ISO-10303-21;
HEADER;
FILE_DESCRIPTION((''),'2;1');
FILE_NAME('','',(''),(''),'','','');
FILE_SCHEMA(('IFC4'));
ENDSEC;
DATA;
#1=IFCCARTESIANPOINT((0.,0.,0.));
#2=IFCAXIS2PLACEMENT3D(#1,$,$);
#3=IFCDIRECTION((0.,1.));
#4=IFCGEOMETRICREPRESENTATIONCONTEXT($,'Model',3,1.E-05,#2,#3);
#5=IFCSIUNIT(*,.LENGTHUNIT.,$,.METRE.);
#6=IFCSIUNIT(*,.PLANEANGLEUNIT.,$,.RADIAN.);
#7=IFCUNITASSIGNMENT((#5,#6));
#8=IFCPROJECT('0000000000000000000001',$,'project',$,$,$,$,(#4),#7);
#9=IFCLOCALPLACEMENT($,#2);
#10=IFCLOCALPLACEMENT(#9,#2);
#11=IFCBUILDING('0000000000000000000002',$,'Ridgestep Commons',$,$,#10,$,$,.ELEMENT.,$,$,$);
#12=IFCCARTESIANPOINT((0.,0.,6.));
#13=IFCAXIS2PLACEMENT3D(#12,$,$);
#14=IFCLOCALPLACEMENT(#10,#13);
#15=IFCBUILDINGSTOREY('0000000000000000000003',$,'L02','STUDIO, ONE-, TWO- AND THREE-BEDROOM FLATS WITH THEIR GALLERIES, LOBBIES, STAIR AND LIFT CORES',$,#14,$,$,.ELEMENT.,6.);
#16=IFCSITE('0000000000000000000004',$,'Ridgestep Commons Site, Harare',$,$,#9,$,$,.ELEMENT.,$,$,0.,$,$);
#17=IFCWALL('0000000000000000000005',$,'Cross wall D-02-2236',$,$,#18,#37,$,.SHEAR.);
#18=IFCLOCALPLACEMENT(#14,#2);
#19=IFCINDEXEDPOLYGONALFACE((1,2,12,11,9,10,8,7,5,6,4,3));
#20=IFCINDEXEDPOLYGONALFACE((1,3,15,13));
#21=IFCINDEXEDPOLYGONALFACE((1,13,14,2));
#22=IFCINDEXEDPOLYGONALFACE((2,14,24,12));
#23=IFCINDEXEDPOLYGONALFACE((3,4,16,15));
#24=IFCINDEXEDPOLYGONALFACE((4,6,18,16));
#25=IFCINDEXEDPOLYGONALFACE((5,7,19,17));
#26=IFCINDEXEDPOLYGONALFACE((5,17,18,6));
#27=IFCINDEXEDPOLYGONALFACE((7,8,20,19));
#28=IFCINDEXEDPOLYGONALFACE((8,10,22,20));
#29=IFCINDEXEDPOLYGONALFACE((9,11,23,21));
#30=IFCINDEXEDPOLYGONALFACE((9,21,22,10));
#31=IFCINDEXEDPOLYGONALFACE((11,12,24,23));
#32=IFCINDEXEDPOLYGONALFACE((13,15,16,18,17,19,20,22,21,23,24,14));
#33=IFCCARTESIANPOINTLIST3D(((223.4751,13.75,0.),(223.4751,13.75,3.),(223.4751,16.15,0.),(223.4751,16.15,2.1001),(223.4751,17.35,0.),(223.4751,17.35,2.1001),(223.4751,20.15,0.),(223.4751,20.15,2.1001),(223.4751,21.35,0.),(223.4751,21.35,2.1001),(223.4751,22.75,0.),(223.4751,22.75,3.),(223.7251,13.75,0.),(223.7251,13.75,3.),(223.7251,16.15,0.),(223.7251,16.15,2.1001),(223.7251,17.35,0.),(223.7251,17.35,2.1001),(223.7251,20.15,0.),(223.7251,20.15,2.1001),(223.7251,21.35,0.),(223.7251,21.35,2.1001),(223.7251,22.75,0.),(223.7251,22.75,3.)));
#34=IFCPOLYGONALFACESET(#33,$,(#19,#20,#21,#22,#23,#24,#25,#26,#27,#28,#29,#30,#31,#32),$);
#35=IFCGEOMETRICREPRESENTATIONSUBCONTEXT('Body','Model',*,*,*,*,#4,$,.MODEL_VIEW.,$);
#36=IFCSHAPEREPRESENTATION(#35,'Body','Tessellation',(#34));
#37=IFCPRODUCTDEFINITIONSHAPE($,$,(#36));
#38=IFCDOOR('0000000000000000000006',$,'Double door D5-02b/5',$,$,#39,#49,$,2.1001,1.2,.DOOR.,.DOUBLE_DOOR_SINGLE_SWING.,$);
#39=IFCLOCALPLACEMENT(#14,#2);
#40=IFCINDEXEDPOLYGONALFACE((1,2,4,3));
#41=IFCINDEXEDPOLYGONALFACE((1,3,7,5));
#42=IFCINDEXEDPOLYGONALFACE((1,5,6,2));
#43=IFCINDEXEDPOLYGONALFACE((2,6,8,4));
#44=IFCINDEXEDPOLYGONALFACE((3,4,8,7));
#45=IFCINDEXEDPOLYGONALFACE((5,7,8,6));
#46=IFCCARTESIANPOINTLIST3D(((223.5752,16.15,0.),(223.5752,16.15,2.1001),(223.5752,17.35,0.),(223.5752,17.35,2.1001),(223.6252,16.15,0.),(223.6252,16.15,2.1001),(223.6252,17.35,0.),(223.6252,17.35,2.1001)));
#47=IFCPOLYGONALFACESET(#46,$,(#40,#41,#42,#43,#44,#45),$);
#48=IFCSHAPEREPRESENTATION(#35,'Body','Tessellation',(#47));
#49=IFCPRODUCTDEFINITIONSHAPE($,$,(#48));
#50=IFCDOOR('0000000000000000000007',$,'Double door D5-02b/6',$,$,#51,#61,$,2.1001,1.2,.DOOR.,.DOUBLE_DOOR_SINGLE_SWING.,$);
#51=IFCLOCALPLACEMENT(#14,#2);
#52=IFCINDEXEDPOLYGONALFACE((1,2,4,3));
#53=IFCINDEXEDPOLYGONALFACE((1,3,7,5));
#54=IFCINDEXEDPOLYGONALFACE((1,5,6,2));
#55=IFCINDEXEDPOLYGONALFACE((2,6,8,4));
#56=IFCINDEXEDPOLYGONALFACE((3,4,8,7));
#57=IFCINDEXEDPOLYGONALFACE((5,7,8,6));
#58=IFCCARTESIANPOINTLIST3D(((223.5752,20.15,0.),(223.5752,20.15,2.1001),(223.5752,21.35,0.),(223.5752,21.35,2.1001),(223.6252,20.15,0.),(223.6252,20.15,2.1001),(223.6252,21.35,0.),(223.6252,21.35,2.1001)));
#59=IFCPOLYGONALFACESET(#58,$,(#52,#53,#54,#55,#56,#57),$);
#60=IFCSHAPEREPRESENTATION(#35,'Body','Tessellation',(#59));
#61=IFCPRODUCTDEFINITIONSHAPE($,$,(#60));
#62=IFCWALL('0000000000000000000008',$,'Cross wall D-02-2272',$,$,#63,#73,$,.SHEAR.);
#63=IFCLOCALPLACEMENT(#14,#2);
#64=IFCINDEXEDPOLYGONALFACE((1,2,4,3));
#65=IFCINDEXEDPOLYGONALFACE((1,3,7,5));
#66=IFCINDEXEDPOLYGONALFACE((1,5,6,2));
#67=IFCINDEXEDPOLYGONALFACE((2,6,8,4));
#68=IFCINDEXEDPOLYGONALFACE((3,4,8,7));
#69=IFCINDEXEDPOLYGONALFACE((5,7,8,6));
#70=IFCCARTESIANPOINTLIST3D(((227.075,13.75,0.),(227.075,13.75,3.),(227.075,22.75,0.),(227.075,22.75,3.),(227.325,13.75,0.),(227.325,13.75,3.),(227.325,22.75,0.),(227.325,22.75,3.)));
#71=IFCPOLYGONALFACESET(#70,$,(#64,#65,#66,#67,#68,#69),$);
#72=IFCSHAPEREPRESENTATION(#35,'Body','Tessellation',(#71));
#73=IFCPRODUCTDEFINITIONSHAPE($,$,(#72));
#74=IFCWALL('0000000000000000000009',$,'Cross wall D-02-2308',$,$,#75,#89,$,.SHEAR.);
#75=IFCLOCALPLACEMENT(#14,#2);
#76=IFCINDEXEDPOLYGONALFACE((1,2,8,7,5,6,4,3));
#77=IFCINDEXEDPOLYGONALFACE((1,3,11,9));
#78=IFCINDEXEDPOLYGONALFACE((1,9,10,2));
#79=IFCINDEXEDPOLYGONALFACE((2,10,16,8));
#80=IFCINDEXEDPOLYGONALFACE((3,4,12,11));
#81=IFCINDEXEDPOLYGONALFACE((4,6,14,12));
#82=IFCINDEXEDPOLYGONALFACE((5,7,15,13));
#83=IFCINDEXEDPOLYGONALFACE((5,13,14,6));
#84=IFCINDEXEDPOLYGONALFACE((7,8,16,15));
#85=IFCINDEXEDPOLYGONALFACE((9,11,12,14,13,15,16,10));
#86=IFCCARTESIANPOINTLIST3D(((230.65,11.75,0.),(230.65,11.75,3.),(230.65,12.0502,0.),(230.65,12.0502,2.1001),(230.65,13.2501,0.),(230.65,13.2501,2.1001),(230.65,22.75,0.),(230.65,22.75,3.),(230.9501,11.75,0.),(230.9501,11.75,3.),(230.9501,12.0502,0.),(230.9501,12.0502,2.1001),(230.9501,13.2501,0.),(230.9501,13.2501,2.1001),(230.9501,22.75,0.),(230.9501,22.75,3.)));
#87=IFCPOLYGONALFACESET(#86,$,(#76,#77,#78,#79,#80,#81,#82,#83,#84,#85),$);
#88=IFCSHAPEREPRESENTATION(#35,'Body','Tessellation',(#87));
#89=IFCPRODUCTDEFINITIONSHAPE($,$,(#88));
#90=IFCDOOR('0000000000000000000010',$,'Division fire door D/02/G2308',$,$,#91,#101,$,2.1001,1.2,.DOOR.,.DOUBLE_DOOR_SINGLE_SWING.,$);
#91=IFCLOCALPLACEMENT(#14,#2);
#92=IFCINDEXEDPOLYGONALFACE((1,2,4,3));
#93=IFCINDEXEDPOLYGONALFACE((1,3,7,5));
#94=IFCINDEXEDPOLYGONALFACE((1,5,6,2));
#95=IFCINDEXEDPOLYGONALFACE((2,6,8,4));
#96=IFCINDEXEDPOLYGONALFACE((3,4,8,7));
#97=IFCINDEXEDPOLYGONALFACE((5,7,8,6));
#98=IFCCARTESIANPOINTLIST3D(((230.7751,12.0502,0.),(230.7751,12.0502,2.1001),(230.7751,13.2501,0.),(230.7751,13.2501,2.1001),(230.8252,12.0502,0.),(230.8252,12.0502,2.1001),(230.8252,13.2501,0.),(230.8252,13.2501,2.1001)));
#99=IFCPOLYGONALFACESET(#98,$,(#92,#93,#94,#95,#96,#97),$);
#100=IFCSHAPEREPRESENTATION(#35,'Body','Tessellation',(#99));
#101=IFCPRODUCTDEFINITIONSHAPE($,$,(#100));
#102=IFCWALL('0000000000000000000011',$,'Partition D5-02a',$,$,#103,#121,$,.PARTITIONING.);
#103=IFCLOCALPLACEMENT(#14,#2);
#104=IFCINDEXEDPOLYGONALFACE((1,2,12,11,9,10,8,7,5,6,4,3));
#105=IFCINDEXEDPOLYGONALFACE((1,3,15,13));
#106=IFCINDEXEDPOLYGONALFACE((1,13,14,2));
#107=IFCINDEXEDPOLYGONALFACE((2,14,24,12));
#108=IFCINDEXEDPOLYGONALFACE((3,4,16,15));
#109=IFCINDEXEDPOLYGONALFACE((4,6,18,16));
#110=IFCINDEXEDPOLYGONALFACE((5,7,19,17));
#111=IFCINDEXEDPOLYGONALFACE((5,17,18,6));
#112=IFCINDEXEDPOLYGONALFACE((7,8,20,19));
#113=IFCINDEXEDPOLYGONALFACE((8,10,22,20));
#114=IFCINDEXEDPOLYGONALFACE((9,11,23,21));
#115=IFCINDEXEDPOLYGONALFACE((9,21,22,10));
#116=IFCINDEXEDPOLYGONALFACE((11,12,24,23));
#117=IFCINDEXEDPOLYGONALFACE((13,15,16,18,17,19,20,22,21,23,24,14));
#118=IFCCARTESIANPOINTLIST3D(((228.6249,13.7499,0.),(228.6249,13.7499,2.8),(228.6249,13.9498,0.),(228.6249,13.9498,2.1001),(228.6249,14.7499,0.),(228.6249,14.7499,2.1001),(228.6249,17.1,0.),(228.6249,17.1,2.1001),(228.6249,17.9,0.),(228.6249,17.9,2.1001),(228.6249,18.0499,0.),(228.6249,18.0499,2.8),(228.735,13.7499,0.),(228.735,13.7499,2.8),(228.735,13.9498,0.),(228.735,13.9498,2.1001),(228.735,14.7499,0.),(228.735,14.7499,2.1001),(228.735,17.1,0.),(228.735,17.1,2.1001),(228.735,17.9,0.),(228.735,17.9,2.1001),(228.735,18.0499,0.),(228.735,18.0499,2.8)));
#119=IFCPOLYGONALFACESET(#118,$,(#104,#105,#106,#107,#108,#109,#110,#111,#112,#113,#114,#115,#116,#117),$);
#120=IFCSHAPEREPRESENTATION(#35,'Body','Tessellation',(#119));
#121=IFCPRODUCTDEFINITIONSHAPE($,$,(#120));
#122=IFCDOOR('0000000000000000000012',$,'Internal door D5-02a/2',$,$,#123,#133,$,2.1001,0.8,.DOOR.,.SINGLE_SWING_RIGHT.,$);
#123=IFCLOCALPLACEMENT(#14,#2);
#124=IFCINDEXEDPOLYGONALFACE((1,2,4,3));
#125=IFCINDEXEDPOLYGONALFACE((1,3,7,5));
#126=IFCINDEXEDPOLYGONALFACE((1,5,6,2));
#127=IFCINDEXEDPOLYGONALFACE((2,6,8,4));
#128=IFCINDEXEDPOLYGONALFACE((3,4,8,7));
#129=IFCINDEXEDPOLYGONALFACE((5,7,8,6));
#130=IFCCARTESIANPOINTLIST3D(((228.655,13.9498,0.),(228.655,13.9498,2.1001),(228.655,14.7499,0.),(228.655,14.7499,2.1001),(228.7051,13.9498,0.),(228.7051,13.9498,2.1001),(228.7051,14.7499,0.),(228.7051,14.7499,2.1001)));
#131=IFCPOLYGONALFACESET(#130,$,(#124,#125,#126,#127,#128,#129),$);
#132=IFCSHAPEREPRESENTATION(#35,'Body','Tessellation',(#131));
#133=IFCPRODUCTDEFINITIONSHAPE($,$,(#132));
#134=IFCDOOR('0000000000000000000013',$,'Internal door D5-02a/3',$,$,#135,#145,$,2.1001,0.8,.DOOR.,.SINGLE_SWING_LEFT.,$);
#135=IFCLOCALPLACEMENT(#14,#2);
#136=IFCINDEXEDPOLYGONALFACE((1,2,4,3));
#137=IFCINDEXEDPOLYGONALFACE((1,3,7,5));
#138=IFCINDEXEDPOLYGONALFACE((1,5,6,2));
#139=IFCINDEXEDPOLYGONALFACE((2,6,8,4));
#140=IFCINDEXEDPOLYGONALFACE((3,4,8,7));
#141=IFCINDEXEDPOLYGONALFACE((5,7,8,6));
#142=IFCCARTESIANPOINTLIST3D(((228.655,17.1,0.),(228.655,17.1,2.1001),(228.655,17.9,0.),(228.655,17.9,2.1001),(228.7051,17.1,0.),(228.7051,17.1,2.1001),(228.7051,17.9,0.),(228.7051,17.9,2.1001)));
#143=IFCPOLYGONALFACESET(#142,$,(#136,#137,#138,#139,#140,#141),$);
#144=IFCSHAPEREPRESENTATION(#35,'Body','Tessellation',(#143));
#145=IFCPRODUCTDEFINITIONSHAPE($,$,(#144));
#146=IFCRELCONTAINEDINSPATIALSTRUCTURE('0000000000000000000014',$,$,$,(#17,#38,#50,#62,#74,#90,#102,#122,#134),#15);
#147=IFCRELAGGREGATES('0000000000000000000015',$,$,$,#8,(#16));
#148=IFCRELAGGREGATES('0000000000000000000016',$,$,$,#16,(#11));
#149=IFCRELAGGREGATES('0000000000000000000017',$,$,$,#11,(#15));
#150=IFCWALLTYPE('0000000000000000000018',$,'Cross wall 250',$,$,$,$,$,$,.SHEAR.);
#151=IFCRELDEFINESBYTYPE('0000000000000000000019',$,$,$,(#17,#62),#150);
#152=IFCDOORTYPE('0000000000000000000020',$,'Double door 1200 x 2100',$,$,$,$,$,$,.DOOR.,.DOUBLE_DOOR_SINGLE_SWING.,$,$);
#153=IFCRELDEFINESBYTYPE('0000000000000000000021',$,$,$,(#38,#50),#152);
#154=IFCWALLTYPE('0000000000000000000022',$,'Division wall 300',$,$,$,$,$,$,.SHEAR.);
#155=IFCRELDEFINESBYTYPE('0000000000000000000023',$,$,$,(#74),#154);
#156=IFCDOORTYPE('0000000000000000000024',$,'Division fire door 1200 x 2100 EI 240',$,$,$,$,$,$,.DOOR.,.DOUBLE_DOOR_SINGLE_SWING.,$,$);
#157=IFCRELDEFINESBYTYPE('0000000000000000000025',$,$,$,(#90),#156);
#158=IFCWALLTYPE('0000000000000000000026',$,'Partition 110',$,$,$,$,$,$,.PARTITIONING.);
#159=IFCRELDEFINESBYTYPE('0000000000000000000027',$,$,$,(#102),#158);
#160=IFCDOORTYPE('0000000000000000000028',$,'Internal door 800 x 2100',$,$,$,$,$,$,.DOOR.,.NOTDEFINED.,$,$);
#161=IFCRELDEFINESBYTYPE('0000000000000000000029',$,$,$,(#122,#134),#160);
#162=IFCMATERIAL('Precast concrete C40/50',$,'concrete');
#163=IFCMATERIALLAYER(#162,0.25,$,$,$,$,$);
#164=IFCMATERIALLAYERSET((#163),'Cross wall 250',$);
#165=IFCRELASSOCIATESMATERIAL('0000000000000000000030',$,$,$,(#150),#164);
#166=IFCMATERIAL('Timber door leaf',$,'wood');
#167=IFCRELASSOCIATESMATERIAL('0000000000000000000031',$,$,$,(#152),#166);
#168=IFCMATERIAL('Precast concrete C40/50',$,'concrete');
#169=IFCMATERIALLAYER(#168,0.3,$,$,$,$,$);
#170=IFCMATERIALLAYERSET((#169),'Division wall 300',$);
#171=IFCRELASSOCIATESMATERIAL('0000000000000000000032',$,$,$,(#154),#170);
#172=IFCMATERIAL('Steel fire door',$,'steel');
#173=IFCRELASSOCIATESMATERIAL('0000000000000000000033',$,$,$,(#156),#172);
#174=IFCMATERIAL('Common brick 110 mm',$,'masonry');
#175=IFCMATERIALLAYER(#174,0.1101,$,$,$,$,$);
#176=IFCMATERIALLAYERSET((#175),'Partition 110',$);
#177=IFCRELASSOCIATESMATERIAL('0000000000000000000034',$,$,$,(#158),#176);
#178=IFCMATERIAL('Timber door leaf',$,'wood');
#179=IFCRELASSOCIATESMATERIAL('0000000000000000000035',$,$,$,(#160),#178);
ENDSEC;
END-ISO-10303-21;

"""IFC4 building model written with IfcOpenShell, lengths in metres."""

from ifc_helpers import new_model, si_unit, direction, frame, frame_2d, origin, place, context, subcontext, project, spatial, rectangle, extrude, material, layer, layer_set, type_object, element, fill, save


model = new_model("IFC4")

# Units and contexts
model_context = context("Model", 3, precision=1e-05, world=origin(), true_north=direction((0.0, 1.0)))
body_context = subcontext(model_context, "Body", "Model", "MODEL_VIEW")
ifc_project = project(units=[si_unit("LENGTHUNIT", "METRE"), si_unit("PLANEANGLEUNIT", "RADIAN")], contexts=[model_context])

# Site, building, storey
site_placement = place(None, origin())
site = spatial("IfcSite", under=ifc_project, at=site_placement, Name="Ridgestep Commons Site, Harare", CompositionType="ELEMENT", RefElevation=0.0)
building_placement = place(site_placement, origin())
building = spatial("IfcBuilding", under=site, at=building_placement, Name="Ridgestep Commons", CompositionType="ELEMENT")
storey_placement = place(building_placement, frame((0.0, 0.0, 6.0)))
storey = spatial("IfcBuildingStorey", under=building, at=storey_placement, Name="L02", Description="STUDIO, ONE-, TWO- AND THREE-BEDROOM FLATS WITH THEIR GALLERIES, LOBBIES, STAIR AND LIFT CORES", CompositionType="ELEMENT", Elevation=6.0)

# Wall, openings, doors
ifc_material_1 = material(Name="Precast concrete C40/50", Category="concrete")
ifc_layer_1 = layer(ifc_material_1, 0.25)
ifc_layer_set_1 = layer_set([ifc_layer_1], Name="Cross wall 250")
wall_type_1 = type_object("IfcWallType", Name="Cross wall 250", PredefinedType="SHEAR", material=ifc_layer_set_1)
wall_1_placement = place(storey_placement, frame((223.6001, 13.75, 0.0), z_axis=(0.0, 0.0, 1.0), x_axis=(0.0, 1.0, 0.0)))
wall_1 = element("IfcWall", 1, at=wall_1_placement, inside=storey, type_object=wall_type_1, Name="Cross wall D-02-2236", PredefinedType="SHEAR", context=body_context, shape_type="SweptSolid", body=[
    extrude(rectangle(XDim=9.0, YDim=0.25, at=frame_2d((4.5, 0.0))), origin(), (0.0, 0.0, 1.0), 3.0),
])
opening_1_placement = place(wall_1_placement, frame((2.3999, 0.0, 0.0)))
opening_1 = element("IfcOpeningElement", 2, at=opening_1_placement, cuts=wall_1, PredefinedType="OPENING", context=body_context, shape_type="SweptSolid", body=[
    extrude(rectangle(XDim=1.2, YDim=2.1001, at=frame_2d((0.6001, 1.05))), frame((0.0, 0.135, 0.0), z_axis=(0.0, -1.0, 0.0), x_axis=(1.0, 0.0, 0.0)), (0.0, 0.0, 1.0), 0.27),
])
opening_2_placement = place(wall_1_placement, frame((6.3999, 0.0, 0.0)))
opening_2 = element("IfcOpeningElement", 3, at=opening_2_placement, cuts=wall_1, PredefinedType="OPENING", context=body_context, shape_type="SweptSolid", body=[
    extrude(rectangle(XDim=1.2, YDim=2.1001, at=frame_2d((0.6001, 1.05))), frame((0.0, 0.135, 0.0), z_axis=(0.0, -1.0, 0.0), x_axis=(1.0, 0.0, 0.0)), (0.0, 0.0, 1.0), 0.27),
])
ifc_material_2 = material(Name="Timber door leaf", Category="wood")
door_type_1 = type_object("IfcDoorType", Name="Double door 1200 x 2100", OperationType="DOUBLE_DOOR_SINGLE_SWING", PredefinedType="DOOR", material=ifc_material_2)
door_1_placement = place(opening_1_placement, origin())
door_1 = element("IfcDoor", 4, at=door_1_placement, inside=storey, type_object=door_type_1, Name="Double door D5-02b/5", OperationType="DOUBLE_DOOR_SINGLE_SWING", OverallHeight=2.1001, OverallWidth=1.2, PredefinedType="DOOR", context=body_context, shape_type="SweptSolid", body=[
    extrude(rectangle(XDim=1.2, YDim=2.1001, at=frame_2d((0.6001, 1.05))), frame((0.0, 0.0249, 0.0), z_axis=(0.0, -1.0, 0.0), x_axis=(1.0, 0.0, 0.0)), (0.0, 0.0, 1.0), 0.05),
])
fill(opening_1, door_1)
door_2_placement = place(opening_2_placement, origin())
door_2 = element("IfcDoor", 5, at=door_2_placement, inside=storey, type_object=door_type_1, Name="Double door D5-02b/6", OperationType="DOUBLE_DOOR_SINGLE_SWING", OverallHeight=2.1001, OverallWidth=1.2, PredefinedType="DOOR", context=body_context, shape_type="SweptSolid", body=[
    extrude(rectangle(XDim=1.2, YDim=2.1001, at=frame_2d((0.6001, 1.05))), frame((0.0, 0.0249, 0.0), z_axis=(0.0, -1.0, 0.0), x_axis=(1.0, 0.0, 0.0)), (0.0, 0.0, 1.0), 0.05),
])
fill(opening_2, door_2)

# Wall
wall_2_placement = place(storey_placement, frame((227.2, 13.75, 0.0), z_axis=(0.0, 0.0, 1.0), x_axis=(0.0, 1.0, 0.0)))
element("IfcWall", 6, at=wall_2_placement, inside=storey, type_object=wall_type_1, Name="Cross wall D-02-2272", PredefinedType="SHEAR", context=body_context, shape_type="SweptSolid", body=[
    extrude(rectangle(XDim=9.0, YDim=0.25, at=frame_2d((4.5, 0.0))), origin(), (0.0, 0.0, 1.0), 3.0),
])

# Wall, opening, door
ifc_material_3 = material(Name="Precast concrete C40/50", Category="concrete")
ifc_layer_2 = layer(ifc_material_3, 0.3)
ifc_layer_set_2 = layer_set([ifc_layer_2], Name="Division wall 300")
wall_type_2 = type_object("IfcWallType", Name="Division wall 300", PredefinedType="SHEAR", material=ifc_layer_set_2)
wall_3_placement = place(storey_placement, frame((230.8, 11.75, 0.0), z_axis=(0.0, 0.0, 1.0), x_axis=(0.0, 1.0, 0.0)))
wall_3 = element("IfcWall", 7, at=wall_3_placement, inside=storey, type_object=wall_type_2, Name="Cross wall D-02-2308", PredefinedType="SHEAR", context=body_context, shape_type="SweptSolid", body=[
    extrude(rectangle(XDim=11.0, YDim=0.3, at=frame_2d((5.5, 0.0))), origin(), (0.0, 0.0, 1.0), 3.0),
])
opening_3_placement = place(wall_3_placement, frame((0.3, 0.0, 0.0)))
opening_3 = element("IfcOpeningElement", 8, at=opening_3_placement, cuts=wall_3, PredefinedType="OPENING", context=body_context, shape_type="SweptSolid", body=[
    extrude(rectangle(XDim=1.2, YDim=2.1001, at=frame_2d((0.6001, 1.05))), frame((0.0, 0.1599, 0.0), z_axis=(0.0, -1.0, 0.0), x_axis=(1.0, 0.0, 0.0)), (0.0, 0.0, 1.0), 0.3201),
])
ifc_material_4 = material(Name="Steel fire door", Category="steel")
door_type_2 = type_object("IfcDoorType", Name="Division fire door 1200 x 2100 EI 240", OperationType="DOUBLE_DOOR_SINGLE_SWING", PredefinedType="DOOR", material=ifc_material_4)
door_3_placement = place(opening_3_placement, origin())
door_3 = element("IfcDoor", 9, at=door_3_placement, inside=storey, type_object=door_type_2, Name="Division fire door D/02/G2308", OperationType="DOUBLE_DOOR_SINGLE_SWING", OverallHeight=2.1001, OverallWidth=1.2, PredefinedType="DOOR", context=body_context, shape_type="SweptSolid", body=[
    extrude(rectangle(XDim=1.2, YDim=2.1001, at=frame_2d((0.6001, 1.05))), frame((0.0, 0.0249, 0.0), z_axis=(0.0, -1.0, 0.0), x_axis=(1.0, 0.0, 0.0)), (0.0, 0.0, 1.0), 0.05),
])
fill(opening_3, door_3)

# Wall, openings, doors
ifc_material_5 = material(Name="Common brick 110 mm", Category="masonry")
ifc_layer_3 = layer(ifc_material_5, 0.1101)
ifc_layer_set_3 = layer_set([ifc_layer_3], Name="Partition 110")
wall_type_3 = type_object("IfcWallType", Name="Partition 110", PredefinedType="PARTITIONING", material=ifc_layer_set_3)
wall_4_placement = place(storey_placement, frame((228.6799, 13.75, 0.0), z_axis=(0.0, 0.0, 1.0), x_axis=(0.0, 1.0, 0.0)))
wall_4 = element("IfcWall", 10, at=wall_4_placement, inside=storey, type_object=wall_type_3, Name="Partition D5-02a", PredefinedType="PARTITIONING", context=body_context, shape_type="SweptSolid", body=[
    extrude(rectangle(XDim=4.3, YDim=0.1101, at=frame_2d((2.1499, 0.0))), origin(), (0.0, 0.0, 1.0), 2.8),
])
opening_4_placement = place(wall_4_placement, frame((0.2, 0.0, 0.0)))
opening_4 = element("IfcOpeningElement", 11, at=opening_4_placement, cuts=wall_4, PredefinedType="OPENING", context=body_context, shape_type="SweptSolid", body=[
    extrude(rectangle(XDim=0.8, YDim=2.1001, at=frame_2d((0.3999, 1.05))), frame((0.0, 0.0649, 0.0), z_axis=(0.0, -1.0, 0.0), x_axis=(1.0, 0.0, 0.0)), (0.0, 0.0, 1.0), 0.1301),
])
opening_5_placement = place(wall_4_placement, frame((3.3501, 0.0, 0.0)))
opening_5 = element("IfcOpeningElement", 12, at=opening_5_placement, cuts=wall_4, PredefinedType="OPENING", context=body_context, shape_type="SweptSolid", body=[
    extrude(rectangle(XDim=0.8, YDim=2.1001, at=frame_2d((0.3999, 1.05))), frame((0.0, 0.0649, 0.0), z_axis=(0.0, -1.0, 0.0), x_axis=(1.0, 0.0, 0.0)), (0.0, 0.0, 1.0), 0.1301),
])
ifc_material_6 = material(Name="Timber door leaf", Category="wood")
door_type_3 = type_object("IfcDoorType", Name="Internal door 800 x 2100", OperationType="NOTDEFINED", PredefinedType="DOOR", material=ifc_material_6)
door_4_placement = place(opening_4_placement, origin())
door_4 = element("IfcDoor", 13, at=door_4_placement, inside=storey, type_object=door_type_3, Name="Internal door D5-02a/2", OperationType="SINGLE_SWING_RIGHT", OverallHeight=2.1001, OverallWidth=0.8, PredefinedType="DOOR", context=body_context, shape_type="SweptSolid", body=[
    extrude(rectangle(XDim=0.8, YDim=2.1001, at=frame_2d((0.3999, 1.05))), frame((0.0, 0.0249, 0.0), z_axis=(0.0, -1.0, 0.0), x_axis=(1.0, 0.0, 0.0)), (0.0, 0.0, 1.0), 0.05),
])
fill(opening_4, door_4)
door_5_placement = place(opening_5_placement, origin())
door_5 = element("IfcDoor", 14, at=door_5_placement, inside=storey, type_object=door_type_3, Name="Internal door D5-02a/3", OperationType="SINGLE_SWING_LEFT", OverallHeight=2.1001, OverallWidth=0.8, PredefinedType="DOOR", context=body_context, shape_type="SweptSolid", body=[
    extrude(rectangle(XDim=0.8, YDim=2.1001, at=frame_2d((0.3999, 1.05))), frame((0.0, 0.0249, 0.0), z_axis=(0.0, -1.0, 0.0), x_axis=(1.0, 0.0, 0.0)), (0.0, 0.0, 1.0), 0.05),
])
fill(opening_5, door_5)

save(model, "model.ifc")
